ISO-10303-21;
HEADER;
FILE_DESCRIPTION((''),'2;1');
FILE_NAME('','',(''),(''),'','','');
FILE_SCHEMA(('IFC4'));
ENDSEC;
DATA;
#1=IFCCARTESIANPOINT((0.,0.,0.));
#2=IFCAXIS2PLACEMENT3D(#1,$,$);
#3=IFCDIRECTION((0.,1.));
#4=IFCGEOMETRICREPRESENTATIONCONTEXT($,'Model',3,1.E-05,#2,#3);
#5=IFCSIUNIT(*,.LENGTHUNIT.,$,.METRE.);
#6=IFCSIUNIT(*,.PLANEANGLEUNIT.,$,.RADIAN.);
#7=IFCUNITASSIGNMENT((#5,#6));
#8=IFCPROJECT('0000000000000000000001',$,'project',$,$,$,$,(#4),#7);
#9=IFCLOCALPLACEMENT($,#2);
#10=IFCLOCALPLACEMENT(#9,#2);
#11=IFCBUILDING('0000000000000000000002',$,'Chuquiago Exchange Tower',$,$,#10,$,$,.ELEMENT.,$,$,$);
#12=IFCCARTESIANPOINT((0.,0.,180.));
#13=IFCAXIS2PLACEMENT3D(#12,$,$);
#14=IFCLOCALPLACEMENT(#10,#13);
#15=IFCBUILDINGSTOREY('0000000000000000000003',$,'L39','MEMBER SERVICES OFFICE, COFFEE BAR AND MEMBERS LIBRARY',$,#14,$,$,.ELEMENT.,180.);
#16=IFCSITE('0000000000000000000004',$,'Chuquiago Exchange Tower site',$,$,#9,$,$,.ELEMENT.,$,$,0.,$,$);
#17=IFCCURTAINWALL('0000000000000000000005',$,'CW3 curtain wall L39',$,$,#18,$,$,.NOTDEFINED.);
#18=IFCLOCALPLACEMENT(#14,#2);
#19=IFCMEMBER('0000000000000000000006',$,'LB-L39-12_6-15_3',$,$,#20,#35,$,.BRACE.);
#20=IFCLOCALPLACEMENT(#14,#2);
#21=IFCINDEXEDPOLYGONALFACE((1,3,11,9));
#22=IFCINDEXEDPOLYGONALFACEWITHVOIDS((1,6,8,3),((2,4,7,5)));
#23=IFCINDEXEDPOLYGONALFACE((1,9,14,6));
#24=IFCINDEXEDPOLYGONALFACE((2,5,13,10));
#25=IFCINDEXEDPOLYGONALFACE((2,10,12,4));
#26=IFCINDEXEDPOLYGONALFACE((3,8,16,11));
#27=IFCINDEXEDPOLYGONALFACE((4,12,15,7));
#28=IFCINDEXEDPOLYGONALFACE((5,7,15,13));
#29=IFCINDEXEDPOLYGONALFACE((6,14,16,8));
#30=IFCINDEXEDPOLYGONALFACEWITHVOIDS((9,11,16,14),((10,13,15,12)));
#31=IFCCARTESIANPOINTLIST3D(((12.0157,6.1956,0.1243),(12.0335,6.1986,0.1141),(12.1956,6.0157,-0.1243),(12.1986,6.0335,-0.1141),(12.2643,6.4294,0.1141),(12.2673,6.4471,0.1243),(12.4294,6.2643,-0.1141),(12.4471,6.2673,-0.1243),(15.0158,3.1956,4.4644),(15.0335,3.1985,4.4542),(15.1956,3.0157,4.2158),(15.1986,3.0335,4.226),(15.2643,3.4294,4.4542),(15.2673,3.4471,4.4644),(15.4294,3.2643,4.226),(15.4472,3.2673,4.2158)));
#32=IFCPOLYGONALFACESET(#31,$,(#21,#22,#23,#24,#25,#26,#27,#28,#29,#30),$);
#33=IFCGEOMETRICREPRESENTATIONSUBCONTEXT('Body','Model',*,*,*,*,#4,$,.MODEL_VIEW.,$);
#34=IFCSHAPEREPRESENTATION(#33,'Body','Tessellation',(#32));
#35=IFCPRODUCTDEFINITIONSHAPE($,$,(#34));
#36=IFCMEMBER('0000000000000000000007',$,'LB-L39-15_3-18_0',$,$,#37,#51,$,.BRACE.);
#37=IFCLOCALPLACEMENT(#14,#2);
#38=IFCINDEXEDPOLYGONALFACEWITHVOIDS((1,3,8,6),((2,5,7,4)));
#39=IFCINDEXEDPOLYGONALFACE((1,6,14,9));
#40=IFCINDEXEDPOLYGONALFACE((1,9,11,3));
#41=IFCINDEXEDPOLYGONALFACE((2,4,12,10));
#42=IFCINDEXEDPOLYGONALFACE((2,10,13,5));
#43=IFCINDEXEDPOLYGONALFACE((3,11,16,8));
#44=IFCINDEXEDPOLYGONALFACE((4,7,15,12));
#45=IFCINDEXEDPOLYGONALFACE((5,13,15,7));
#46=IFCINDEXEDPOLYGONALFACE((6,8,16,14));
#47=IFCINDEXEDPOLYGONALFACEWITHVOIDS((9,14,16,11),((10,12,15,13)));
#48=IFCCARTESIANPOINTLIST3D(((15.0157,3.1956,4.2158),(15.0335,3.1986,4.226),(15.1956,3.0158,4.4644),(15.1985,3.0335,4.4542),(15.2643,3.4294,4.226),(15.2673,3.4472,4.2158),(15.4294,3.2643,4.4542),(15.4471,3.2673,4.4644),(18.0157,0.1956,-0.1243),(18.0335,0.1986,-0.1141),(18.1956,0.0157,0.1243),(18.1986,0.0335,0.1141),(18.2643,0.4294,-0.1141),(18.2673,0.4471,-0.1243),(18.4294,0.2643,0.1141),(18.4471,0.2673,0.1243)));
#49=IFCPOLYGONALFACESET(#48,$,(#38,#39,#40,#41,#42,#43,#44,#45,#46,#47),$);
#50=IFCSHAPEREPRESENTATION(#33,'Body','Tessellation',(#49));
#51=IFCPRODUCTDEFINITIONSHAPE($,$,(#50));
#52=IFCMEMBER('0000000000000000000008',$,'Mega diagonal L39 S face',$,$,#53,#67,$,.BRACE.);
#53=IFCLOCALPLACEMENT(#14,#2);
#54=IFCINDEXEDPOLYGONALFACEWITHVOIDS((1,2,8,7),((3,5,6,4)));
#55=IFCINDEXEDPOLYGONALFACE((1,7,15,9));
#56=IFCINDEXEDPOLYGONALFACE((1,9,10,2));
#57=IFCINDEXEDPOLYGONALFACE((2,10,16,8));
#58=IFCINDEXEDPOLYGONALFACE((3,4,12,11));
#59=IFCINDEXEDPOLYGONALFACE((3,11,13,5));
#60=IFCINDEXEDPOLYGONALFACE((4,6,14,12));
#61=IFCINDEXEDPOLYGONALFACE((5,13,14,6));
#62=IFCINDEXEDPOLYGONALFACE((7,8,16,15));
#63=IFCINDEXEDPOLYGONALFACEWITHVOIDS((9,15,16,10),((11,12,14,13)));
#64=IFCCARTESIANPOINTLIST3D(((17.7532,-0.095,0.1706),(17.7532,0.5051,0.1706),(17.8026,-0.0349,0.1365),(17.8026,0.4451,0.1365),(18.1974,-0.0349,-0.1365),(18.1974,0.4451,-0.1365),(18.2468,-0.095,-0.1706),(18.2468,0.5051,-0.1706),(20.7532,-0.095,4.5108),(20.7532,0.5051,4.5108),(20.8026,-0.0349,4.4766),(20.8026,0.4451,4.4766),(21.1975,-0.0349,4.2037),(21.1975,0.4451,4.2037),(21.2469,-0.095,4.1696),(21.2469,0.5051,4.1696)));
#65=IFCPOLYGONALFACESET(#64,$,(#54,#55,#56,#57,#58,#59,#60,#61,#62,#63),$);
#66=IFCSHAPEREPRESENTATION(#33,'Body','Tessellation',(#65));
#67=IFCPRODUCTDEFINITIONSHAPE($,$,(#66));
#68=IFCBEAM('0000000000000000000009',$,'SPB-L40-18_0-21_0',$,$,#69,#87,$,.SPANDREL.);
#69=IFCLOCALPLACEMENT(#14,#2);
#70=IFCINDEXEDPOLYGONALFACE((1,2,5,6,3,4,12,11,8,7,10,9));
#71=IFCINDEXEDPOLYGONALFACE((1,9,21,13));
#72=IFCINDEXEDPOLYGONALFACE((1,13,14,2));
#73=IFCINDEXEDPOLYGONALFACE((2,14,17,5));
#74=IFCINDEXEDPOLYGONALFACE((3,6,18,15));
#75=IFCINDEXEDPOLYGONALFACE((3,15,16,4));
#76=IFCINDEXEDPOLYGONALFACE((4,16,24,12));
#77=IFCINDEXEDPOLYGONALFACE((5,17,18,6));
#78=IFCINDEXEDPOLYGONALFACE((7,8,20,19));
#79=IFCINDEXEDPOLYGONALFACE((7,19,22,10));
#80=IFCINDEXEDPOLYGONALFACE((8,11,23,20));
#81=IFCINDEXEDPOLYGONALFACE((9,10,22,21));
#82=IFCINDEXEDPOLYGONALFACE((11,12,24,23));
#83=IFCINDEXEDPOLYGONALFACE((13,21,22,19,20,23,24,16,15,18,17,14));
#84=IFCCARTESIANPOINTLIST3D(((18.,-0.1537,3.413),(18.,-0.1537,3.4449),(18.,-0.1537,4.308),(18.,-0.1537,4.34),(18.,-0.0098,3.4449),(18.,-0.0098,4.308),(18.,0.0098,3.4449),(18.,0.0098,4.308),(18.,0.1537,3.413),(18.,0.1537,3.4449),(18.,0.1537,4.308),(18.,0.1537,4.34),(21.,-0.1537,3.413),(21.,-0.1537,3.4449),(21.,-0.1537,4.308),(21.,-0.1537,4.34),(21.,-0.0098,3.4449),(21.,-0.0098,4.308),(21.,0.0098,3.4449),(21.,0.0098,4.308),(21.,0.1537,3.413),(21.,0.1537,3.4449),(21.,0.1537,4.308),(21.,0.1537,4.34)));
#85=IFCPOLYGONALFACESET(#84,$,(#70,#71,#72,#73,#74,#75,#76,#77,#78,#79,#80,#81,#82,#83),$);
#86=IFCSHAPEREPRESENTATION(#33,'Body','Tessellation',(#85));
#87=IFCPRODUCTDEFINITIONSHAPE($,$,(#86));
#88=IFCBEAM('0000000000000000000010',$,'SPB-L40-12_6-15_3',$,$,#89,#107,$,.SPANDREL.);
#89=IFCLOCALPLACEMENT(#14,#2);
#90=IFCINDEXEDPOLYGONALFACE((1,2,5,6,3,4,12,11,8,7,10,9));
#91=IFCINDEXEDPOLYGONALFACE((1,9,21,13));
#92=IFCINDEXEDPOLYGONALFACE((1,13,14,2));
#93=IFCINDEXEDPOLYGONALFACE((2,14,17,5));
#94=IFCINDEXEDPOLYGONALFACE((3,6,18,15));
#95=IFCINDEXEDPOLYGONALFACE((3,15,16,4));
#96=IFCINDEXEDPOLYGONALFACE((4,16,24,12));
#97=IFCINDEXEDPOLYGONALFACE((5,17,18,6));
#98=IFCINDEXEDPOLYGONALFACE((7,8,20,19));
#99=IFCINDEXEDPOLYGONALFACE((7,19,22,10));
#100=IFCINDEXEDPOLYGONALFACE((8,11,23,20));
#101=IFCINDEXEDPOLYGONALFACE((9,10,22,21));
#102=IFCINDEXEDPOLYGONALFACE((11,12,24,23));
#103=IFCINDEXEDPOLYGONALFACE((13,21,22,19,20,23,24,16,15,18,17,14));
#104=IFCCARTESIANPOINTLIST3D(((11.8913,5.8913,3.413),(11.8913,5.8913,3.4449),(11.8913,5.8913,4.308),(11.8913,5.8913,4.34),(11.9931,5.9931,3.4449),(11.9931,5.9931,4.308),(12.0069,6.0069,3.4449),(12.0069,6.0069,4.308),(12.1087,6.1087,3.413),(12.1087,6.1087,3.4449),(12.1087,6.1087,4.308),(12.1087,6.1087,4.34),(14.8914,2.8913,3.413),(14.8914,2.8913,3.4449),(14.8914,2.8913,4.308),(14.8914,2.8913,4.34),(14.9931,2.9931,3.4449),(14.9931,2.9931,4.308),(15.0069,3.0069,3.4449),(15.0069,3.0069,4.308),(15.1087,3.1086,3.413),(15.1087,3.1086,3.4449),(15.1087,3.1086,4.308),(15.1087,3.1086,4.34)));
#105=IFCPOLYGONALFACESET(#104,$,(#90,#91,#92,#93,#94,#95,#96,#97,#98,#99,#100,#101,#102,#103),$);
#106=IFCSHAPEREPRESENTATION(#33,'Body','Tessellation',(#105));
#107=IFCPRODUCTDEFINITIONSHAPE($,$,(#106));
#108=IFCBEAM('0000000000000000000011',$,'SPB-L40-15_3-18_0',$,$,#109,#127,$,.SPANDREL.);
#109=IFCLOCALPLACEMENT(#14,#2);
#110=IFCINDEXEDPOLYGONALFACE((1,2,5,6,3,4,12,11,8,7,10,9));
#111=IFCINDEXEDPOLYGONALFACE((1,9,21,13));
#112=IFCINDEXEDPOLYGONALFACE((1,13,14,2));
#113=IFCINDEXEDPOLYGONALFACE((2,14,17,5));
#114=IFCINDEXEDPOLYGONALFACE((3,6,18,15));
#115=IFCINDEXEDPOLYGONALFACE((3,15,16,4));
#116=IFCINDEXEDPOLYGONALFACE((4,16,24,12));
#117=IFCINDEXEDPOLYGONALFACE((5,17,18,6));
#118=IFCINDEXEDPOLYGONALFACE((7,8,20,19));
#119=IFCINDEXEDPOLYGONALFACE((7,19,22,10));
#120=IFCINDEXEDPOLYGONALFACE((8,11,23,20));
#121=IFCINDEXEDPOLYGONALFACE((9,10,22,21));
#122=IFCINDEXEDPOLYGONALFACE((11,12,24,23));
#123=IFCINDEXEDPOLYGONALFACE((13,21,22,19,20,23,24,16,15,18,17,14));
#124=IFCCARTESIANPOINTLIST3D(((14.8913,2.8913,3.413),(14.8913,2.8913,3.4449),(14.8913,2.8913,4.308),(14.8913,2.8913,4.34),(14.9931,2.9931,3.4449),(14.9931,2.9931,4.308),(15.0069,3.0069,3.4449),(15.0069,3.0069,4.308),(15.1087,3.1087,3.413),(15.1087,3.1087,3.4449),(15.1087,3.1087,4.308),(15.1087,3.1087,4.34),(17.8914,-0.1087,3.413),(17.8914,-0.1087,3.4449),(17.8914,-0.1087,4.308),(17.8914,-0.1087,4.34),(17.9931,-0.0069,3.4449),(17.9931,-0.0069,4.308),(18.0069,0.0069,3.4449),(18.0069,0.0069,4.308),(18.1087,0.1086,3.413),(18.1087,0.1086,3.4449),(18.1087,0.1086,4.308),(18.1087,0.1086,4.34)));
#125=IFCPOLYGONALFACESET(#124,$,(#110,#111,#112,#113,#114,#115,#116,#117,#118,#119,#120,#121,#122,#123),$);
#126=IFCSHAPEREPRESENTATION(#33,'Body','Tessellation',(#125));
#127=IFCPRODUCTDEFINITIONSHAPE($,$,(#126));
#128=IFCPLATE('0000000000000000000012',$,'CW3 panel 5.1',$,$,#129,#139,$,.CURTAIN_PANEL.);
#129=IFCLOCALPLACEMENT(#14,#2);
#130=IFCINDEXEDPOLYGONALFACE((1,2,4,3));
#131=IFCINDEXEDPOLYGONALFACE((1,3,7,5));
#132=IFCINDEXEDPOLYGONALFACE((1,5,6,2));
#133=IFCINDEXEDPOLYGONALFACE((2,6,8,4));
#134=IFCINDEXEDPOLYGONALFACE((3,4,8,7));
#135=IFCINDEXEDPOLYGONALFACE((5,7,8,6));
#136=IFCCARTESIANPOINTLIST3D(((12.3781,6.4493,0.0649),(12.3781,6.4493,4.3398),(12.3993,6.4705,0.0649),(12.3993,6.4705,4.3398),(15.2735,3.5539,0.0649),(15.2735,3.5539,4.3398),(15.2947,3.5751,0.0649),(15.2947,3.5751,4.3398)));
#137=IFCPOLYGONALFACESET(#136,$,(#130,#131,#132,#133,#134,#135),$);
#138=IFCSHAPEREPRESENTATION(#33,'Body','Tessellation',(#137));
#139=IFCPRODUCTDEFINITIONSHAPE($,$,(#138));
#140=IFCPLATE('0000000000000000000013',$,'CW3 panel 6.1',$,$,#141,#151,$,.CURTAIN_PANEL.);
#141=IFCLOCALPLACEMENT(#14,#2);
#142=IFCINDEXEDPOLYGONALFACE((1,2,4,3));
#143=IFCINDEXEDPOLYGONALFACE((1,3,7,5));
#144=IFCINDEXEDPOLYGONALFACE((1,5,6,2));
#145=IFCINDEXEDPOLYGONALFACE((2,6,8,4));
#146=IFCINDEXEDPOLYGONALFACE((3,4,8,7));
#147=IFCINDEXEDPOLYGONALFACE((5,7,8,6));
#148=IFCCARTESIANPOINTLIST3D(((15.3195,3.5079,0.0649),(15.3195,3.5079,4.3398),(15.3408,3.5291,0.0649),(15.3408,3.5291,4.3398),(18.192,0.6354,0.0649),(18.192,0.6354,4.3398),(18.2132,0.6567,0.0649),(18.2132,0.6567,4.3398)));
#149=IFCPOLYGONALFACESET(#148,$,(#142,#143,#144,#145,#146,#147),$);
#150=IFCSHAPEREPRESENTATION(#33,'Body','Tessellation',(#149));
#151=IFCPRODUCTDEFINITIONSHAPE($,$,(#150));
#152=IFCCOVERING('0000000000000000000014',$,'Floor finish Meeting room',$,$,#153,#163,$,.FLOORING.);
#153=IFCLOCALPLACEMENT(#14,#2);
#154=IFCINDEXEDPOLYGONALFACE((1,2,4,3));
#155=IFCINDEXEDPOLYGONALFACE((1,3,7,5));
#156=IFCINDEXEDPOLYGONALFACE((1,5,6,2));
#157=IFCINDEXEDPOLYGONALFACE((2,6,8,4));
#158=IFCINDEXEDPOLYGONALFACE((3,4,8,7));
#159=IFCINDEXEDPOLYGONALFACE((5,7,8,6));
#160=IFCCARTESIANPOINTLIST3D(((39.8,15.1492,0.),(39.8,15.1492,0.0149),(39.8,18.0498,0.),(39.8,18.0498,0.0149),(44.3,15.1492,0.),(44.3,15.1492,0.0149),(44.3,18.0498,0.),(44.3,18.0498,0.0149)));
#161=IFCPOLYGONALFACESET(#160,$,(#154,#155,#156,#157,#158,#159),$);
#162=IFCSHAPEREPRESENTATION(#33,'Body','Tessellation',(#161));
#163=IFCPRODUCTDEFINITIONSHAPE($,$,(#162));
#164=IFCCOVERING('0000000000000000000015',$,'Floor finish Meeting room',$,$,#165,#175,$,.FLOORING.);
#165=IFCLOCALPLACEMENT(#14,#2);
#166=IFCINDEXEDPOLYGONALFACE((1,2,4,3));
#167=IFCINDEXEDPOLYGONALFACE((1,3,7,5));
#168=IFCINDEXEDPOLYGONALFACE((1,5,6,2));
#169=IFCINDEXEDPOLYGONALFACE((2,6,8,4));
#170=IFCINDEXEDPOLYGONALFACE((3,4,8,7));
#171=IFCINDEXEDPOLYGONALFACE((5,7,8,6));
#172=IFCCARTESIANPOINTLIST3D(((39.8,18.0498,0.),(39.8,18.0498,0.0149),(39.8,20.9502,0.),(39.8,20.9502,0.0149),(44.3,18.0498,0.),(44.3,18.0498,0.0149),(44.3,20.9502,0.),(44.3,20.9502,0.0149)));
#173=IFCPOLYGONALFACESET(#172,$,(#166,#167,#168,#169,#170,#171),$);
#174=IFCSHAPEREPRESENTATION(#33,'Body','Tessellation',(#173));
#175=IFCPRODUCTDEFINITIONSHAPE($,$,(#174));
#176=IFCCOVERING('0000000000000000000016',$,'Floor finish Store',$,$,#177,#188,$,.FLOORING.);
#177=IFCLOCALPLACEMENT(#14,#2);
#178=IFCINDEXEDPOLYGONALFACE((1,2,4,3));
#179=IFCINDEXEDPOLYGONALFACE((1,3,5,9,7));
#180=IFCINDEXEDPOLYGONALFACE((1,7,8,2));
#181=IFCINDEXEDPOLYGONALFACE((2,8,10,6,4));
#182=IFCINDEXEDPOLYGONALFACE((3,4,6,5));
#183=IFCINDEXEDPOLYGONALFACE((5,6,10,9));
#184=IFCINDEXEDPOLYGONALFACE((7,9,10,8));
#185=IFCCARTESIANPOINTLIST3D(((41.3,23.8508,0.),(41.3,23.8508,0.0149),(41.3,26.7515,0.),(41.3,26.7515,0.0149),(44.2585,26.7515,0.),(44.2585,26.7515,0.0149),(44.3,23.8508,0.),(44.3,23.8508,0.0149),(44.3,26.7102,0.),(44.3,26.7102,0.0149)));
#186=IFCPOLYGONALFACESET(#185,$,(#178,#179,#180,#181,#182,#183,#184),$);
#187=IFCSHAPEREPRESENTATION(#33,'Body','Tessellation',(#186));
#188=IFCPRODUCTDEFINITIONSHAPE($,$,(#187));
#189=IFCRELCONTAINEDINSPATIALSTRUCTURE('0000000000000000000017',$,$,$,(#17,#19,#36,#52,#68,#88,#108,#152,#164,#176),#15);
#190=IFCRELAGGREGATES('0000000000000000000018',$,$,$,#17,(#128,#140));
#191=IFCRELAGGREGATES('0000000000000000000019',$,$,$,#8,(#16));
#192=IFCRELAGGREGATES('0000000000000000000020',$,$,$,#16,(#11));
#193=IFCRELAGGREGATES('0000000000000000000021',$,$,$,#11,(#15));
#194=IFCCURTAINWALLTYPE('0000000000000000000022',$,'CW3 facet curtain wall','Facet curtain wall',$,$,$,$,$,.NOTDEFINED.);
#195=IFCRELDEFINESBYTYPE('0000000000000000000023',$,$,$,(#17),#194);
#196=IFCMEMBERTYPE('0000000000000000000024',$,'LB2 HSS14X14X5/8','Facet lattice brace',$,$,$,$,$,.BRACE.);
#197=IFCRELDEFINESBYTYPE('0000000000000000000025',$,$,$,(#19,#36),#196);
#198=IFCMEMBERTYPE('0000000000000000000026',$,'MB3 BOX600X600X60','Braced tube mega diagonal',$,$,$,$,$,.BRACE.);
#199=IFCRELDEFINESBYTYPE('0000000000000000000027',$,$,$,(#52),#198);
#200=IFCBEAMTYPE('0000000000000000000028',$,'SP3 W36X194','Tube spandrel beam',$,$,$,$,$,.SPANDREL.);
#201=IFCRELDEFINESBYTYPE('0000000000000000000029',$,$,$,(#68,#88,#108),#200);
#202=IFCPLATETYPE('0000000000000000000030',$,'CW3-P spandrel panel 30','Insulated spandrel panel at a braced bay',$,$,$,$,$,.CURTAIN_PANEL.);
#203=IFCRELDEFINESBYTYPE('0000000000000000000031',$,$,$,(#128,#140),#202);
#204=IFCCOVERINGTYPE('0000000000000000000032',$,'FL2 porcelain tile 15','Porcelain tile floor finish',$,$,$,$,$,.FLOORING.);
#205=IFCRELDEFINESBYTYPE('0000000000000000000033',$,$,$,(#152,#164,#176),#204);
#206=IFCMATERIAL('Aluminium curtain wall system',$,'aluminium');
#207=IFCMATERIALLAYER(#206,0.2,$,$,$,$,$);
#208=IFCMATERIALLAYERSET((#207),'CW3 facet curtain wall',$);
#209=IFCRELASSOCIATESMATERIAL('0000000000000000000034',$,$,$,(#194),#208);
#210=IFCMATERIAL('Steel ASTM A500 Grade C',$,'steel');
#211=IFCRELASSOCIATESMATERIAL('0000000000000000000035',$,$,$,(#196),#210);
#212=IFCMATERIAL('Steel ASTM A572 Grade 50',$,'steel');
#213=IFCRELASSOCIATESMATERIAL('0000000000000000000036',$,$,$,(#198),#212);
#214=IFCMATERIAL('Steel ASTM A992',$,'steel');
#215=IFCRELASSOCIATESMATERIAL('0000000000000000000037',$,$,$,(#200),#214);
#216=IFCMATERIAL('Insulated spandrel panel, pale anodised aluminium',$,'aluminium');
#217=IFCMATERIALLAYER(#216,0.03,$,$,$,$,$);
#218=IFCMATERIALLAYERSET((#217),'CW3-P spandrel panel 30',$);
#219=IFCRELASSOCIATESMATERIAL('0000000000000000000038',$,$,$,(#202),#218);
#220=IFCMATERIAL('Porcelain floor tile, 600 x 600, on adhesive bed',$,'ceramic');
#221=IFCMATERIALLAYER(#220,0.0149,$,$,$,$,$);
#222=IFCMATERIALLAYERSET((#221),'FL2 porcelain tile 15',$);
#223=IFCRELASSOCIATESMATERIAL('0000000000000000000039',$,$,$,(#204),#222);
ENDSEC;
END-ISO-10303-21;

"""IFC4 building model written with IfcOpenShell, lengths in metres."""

from ifc_helpers import new_model, si_unit, direction, frame, origin, origin_2d, place, context, subcontext, project, spatial, polyline, rectangle, hollow_rectangle, i_section, outline, extrude, material, layer, layer_set, material_profile, profile_set, type_object, element, aggregate, save


model = new_model("IFC4")

# Units and contexts
model_context = context("Model", 3, precision=1e-05, world=origin(), true_north=direction((0.0, 1.0)))
body_context = subcontext(model_context, "Body", "Model", "MODEL_VIEW")
ifc_project = project(units=[si_unit("LENGTHUNIT", "METRE"), si_unit("PLANEANGLEUNIT", "RADIAN")], contexts=[model_context])

# Site, building, storey
site_placement = place(None, origin())
site = spatial("IfcSite", under=ifc_project, at=site_placement, Name="Chuquiago Exchange Tower site", CompositionType="ELEMENT", RefElevation=0.0)
building_placement = place(site_placement, origin())
building = spatial("IfcBuilding", under=site, at=building_placement, Name="Chuquiago Exchange Tower", CompositionType="ELEMENT")
storey_placement = place(building_placement, frame((0.0, 0.0, 180.0)))
storey = spatial("IfcBuildingStorey", under=building, at=storey_placement, Name="L39", Description="MEMBER SERVICES OFFICE, COFFEE BAR AND MEMBERS LIBRARY", CompositionType="ELEMENT", Elevation=180.0)

# Curtain wall
ifc_material_1 = material(Name="Aluminium curtain wall system", Category="aluminium")
ifc_layer_1 = layer(ifc_material_1, 0.2)
ifc_layer_set_1 = layer_set([ifc_layer_1], Name="CW3 facet curtain wall")
curtain_wall_type_1 = type_object("IfcCurtainWallType", Name="CW3 facet curtain wall", Description="Facet curtain wall", PredefinedType="NOTDEFINED", material=ifc_layer_set_1)
curtain_wall_1_placement = place(storey_placement, origin())
curtain_wall_1 = element("IfcCurtainWall", 1, at=curtain_wall_1_placement, inside=storey, type_object=curtain_wall_type_1, Name="CW3 curtain wall L39", PredefinedType="NOTDEFINED")

# Members
ifc_material_2 = material(Name="Steel ASTM A500 Grade C", Category="steel")
ifc_material_profile_1 = material_profile(ifc_material_2, hollow_rectangle(XDim=0.3557, YDim=0.3557, WallThickness=0.0146, at=origin_2d()), Name="HSS14X14X5/8")
ifc_profile_set_1 = profile_set([ifc_material_profile_1], Name="Steel ASTM A500 Grade C")
member_type_1 = type_object("IfcMemberType", Name="LB2 HSS14X14X5/8", Description="Facet lattice brace", PredefinedType="BRACE", material=ifc_profile_set_1)
for number, where, z_axis, x_axis, name in (
    (2, (12.2314, 6.2314, 0.0), (0.494291, -0.494291, 0.715089), (0.707107, 0.707107, 0.0), "LB-L39-12_6-15_3"),
    (3, (18.2314, 0.2314, 0.0), (-0.494291, 0.494291, 0.715089), (-0.707107, -0.707107, 0.0), "LB-L39-15_3-18_0"),
):
    element("IfcMember", number, at=place(storey_placement, frame(where, z_axis=z_axis, x_axis=x_axis)), inside=storey, type_object=member_type_1, Name=name, PredefinedType="BRACE", context=body_context, shape_type="SweptSolid", body=[
        extrude(hollow_rectangle(XDim=0.3557, YDim=0.3557, WallThickness=0.0146, at=origin_2d()), origin(), (0.0, 0.0, 1.0), 6.0693),
    ])
ifc_material_3 = material(Name="Steel ASTM A572 Grade 50", Category="steel")
ifc_material_profile_2 = material_profile(ifc_material_3, hollow_rectangle(XDim=0.6001, YDim=0.6001, WallThickness=0.0601, at=origin_2d()), Name="BOX600X600X60")
ifc_profile_set_2 = profile_set([ifc_material_profile_2], Name="Steel ASTM A572 Grade 50")
member_type_2 = type_object("IfcMemberType", Name="MB3 BOX600X600X60", Description="Braced tube mega diagonal", PredefinedType="BRACE", material=ifc_profile_set_2)
member_1_placement = place(storey_placement, frame((18.0, 0.2051, 0.0), z_axis=(0.568611, 0.0, 0.822607), x_axis=(0.0, 1.0, 0.0)))
element("IfcMember", 4, at=member_1_placement, inside=storey, type_object=member_type_2, Name="Mega diagonal L39 S face", PredefinedType="BRACE", context=body_context, shape_type="SweptSolid", body=[
    extrude(hollow_rectangle(XDim=0.6001, YDim=0.6001, WallThickness=0.0601, at=origin_2d()), origin(), (0.0, 0.0, 1.0), 5.2761),
])

# Beams
ifc_material_4 = material(Name="Steel ASTM A992", Category="steel")
ifc_material_profile_3 = material_profile(ifc_material_4, i_section(OverallWidth=0.3074, OverallDepth=0.927, WebThickness=0.0195, FlangeThickness=0.032, at=origin_2d()), Name="W36X194")
ifc_profile_set_3 = profile_set([ifc_material_profile_3], Name="Steel ASTM A992")
beam_type = type_object("IfcBeamType", Name="SP3 W36X194", Description="Tube spandrel beam", PredefinedType="SPANDREL", material=ifc_profile_set_3)
beam_placement = place(storey_placement, frame((18.0, 0.0, 3.8765), z_axis=(1.0, 0.0, 0.0), x_axis=(0.0, 1.0, 0.0)))
element("IfcBeam", 5, at=beam_placement, inside=storey, type_object=beam_type, Name="SPB-L40-18_0-21_0", PredefinedType="SPANDREL", context=body_context, shape_type="SweptSolid", body=[
    extrude(i_section(OverallWidth=0.3074, OverallDepth=0.927, WebThickness=0.0195, FlangeThickness=0.032, at=origin_2d()), origin(), (0.0, 0.0, 1.0), 3.0),
])
for number, where, z_axis, x_axis, name in (
    (6, (12.0, 6.0, 3.8765), (0.707107, -0.707107, 0.0), (0.707107, 0.707107, 0.0), "SPB-L40-12_6-15_3"),
    (7, (15.0, 3.0, 3.8765), (0.707107, -0.707107, 0.0), (0.707107, 0.707107, 0.0), "SPB-L40-15_3-18_0"),
):
    element("IfcBeam", number, at=place(storey_placement, frame(where, z_axis=z_axis, x_axis=x_axis)), inside=storey, type_object=beam_type, Name=name, PredefinedType="SPANDREL", context=body_context, shape_type="SweptSolid", body=[
        extrude(i_section(OverallWidth=0.3074, OverallDepth=0.927, WebThickness=0.0195, FlangeThickness=0.032, at=origin_2d()), origin(), (0.0, 0.0, 1.0), 4.2427),
    ])

# Plates
ifc_material_5 = material(Name="Insulated spandrel panel, pale anodised aluminium", Category="aluminium")
ifc_layer_2 = layer(ifc_material_5, 0.03)
ifc_layer_set_2 = layer_set([ifc_layer_2], Name="CW3-P spandrel panel 30")
plate_type = type_object("IfcPlateType", Name="CW3-P spandrel panel 30", Description="Insulated spandrel panel at a braced bay", PredefinedType="CURTAIN_PANEL", material=ifc_layer_set_2)
plate_1_placement = place(storey_placement, frame((13.8364, 5.0122, 0.0649), z_axis=(0.0, 0.0, 1.0), x_axis=(0.707107, -0.707107, 0.0)))
plate_1 = element("IfcPlate", 8, at=plate_1_placement, type_object=plate_type, Name="CW3 panel 5.1", PredefinedType="CURTAIN_PANEL", context=body_context, shape_type="SweptSolid", body=[
    extrude(rectangle(XDim=4.0947, YDim=0.03, at=origin_2d()), origin(), (0.0, 0.0, 1.0), 4.2749),
])
plate_2_placement = place(storey_placement, frame((16.7664, 2.0823, 0.0649), z_axis=(0.0, 0.0, 1.0), x_axis=(0.707107, -0.707107, 0.0)))
plate_2 = element("IfcPlate", 9, at=plate_2_placement, type_object=plate_type, Name="CW3 panel 6.1", PredefinedType="CURTAIN_PANEL", context=body_context, shape_type="SweptSolid", body=[
    extrude(rectangle(XDim=4.0623, YDim=0.03, at=origin_2d()), origin(), (0.0, 0.0, 1.0), 4.2749),
])
aggregate(curtain_wall_1, [plate_1, plate_2])

# Coverings
ifc_material_6 = material(Name="Porcelain floor tile, 600 x 600, on adhesive bed", Category="ceramic")
ifc_layer_3 = layer(ifc_material_6, 0.0149)
ifc_layer_set_3 = layer_set([ifc_layer_3], Name="FL2 porcelain tile 15")
covering_type = type_object("IfcCoveringType", Name="FL2 porcelain tile 15", Description="Porcelain tile floor finish", PredefinedType="FLOORING", material=ifc_layer_set_3)
covering_1_placement = place(storey_placement, origin())
element("IfcCovering", 10, at=covering_1_placement, inside=storey, type_object=covering_type, Name="Floor finish Meeting room", PredefinedType="FLOORING", context=body_context, shape_type="SweptSolid", body=[
    extrude(outline(polyline([(44.3, 15.1492), (39.8, 15.1492), (39.8, 18.0498), (44.3, 18.0498), (44.3, 15.1492)])), origin(), (0.0, 0.0, 1.0), 0.0149),
])
covering_2_placement = place(storey_placement, origin())
element("IfcCovering", 11, at=covering_2_placement, inside=storey, type_object=covering_type, Name="Floor finish Meeting room", PredefinedType="FLOORING", context=body_context, shape_type="SweptSolid", body=[
    extrude(outline(polyline([(44.3, 18.0498), (39.8, 18.0498), (39.8, 20.9502), (44.3, 20.9502), (44.3, 18.0498)])), origin(), (0.0, 0.0, 1.0), 0.0149),
])
covering_3_placement = place(storey_placement, origin())
element("IfcCovering", 12, at=covering_3_placement, inside=storey, type_object=covering_type, Name="Floor finish Store", PredefinedType="FLOORING", context=body_context, shape_type="SweptSolid", body=[
    extrude(outline(polyline([(44.3, 26.7102), (44.3, 23.8508), (41.3, 23.8508), (41.3, 26.7515), (44.2585, 26.7515), (44.3, 26.7102)])), origin(), (0.0, 0.0, 1.0), 0.0149),
])

save(model, "model.ifc")
